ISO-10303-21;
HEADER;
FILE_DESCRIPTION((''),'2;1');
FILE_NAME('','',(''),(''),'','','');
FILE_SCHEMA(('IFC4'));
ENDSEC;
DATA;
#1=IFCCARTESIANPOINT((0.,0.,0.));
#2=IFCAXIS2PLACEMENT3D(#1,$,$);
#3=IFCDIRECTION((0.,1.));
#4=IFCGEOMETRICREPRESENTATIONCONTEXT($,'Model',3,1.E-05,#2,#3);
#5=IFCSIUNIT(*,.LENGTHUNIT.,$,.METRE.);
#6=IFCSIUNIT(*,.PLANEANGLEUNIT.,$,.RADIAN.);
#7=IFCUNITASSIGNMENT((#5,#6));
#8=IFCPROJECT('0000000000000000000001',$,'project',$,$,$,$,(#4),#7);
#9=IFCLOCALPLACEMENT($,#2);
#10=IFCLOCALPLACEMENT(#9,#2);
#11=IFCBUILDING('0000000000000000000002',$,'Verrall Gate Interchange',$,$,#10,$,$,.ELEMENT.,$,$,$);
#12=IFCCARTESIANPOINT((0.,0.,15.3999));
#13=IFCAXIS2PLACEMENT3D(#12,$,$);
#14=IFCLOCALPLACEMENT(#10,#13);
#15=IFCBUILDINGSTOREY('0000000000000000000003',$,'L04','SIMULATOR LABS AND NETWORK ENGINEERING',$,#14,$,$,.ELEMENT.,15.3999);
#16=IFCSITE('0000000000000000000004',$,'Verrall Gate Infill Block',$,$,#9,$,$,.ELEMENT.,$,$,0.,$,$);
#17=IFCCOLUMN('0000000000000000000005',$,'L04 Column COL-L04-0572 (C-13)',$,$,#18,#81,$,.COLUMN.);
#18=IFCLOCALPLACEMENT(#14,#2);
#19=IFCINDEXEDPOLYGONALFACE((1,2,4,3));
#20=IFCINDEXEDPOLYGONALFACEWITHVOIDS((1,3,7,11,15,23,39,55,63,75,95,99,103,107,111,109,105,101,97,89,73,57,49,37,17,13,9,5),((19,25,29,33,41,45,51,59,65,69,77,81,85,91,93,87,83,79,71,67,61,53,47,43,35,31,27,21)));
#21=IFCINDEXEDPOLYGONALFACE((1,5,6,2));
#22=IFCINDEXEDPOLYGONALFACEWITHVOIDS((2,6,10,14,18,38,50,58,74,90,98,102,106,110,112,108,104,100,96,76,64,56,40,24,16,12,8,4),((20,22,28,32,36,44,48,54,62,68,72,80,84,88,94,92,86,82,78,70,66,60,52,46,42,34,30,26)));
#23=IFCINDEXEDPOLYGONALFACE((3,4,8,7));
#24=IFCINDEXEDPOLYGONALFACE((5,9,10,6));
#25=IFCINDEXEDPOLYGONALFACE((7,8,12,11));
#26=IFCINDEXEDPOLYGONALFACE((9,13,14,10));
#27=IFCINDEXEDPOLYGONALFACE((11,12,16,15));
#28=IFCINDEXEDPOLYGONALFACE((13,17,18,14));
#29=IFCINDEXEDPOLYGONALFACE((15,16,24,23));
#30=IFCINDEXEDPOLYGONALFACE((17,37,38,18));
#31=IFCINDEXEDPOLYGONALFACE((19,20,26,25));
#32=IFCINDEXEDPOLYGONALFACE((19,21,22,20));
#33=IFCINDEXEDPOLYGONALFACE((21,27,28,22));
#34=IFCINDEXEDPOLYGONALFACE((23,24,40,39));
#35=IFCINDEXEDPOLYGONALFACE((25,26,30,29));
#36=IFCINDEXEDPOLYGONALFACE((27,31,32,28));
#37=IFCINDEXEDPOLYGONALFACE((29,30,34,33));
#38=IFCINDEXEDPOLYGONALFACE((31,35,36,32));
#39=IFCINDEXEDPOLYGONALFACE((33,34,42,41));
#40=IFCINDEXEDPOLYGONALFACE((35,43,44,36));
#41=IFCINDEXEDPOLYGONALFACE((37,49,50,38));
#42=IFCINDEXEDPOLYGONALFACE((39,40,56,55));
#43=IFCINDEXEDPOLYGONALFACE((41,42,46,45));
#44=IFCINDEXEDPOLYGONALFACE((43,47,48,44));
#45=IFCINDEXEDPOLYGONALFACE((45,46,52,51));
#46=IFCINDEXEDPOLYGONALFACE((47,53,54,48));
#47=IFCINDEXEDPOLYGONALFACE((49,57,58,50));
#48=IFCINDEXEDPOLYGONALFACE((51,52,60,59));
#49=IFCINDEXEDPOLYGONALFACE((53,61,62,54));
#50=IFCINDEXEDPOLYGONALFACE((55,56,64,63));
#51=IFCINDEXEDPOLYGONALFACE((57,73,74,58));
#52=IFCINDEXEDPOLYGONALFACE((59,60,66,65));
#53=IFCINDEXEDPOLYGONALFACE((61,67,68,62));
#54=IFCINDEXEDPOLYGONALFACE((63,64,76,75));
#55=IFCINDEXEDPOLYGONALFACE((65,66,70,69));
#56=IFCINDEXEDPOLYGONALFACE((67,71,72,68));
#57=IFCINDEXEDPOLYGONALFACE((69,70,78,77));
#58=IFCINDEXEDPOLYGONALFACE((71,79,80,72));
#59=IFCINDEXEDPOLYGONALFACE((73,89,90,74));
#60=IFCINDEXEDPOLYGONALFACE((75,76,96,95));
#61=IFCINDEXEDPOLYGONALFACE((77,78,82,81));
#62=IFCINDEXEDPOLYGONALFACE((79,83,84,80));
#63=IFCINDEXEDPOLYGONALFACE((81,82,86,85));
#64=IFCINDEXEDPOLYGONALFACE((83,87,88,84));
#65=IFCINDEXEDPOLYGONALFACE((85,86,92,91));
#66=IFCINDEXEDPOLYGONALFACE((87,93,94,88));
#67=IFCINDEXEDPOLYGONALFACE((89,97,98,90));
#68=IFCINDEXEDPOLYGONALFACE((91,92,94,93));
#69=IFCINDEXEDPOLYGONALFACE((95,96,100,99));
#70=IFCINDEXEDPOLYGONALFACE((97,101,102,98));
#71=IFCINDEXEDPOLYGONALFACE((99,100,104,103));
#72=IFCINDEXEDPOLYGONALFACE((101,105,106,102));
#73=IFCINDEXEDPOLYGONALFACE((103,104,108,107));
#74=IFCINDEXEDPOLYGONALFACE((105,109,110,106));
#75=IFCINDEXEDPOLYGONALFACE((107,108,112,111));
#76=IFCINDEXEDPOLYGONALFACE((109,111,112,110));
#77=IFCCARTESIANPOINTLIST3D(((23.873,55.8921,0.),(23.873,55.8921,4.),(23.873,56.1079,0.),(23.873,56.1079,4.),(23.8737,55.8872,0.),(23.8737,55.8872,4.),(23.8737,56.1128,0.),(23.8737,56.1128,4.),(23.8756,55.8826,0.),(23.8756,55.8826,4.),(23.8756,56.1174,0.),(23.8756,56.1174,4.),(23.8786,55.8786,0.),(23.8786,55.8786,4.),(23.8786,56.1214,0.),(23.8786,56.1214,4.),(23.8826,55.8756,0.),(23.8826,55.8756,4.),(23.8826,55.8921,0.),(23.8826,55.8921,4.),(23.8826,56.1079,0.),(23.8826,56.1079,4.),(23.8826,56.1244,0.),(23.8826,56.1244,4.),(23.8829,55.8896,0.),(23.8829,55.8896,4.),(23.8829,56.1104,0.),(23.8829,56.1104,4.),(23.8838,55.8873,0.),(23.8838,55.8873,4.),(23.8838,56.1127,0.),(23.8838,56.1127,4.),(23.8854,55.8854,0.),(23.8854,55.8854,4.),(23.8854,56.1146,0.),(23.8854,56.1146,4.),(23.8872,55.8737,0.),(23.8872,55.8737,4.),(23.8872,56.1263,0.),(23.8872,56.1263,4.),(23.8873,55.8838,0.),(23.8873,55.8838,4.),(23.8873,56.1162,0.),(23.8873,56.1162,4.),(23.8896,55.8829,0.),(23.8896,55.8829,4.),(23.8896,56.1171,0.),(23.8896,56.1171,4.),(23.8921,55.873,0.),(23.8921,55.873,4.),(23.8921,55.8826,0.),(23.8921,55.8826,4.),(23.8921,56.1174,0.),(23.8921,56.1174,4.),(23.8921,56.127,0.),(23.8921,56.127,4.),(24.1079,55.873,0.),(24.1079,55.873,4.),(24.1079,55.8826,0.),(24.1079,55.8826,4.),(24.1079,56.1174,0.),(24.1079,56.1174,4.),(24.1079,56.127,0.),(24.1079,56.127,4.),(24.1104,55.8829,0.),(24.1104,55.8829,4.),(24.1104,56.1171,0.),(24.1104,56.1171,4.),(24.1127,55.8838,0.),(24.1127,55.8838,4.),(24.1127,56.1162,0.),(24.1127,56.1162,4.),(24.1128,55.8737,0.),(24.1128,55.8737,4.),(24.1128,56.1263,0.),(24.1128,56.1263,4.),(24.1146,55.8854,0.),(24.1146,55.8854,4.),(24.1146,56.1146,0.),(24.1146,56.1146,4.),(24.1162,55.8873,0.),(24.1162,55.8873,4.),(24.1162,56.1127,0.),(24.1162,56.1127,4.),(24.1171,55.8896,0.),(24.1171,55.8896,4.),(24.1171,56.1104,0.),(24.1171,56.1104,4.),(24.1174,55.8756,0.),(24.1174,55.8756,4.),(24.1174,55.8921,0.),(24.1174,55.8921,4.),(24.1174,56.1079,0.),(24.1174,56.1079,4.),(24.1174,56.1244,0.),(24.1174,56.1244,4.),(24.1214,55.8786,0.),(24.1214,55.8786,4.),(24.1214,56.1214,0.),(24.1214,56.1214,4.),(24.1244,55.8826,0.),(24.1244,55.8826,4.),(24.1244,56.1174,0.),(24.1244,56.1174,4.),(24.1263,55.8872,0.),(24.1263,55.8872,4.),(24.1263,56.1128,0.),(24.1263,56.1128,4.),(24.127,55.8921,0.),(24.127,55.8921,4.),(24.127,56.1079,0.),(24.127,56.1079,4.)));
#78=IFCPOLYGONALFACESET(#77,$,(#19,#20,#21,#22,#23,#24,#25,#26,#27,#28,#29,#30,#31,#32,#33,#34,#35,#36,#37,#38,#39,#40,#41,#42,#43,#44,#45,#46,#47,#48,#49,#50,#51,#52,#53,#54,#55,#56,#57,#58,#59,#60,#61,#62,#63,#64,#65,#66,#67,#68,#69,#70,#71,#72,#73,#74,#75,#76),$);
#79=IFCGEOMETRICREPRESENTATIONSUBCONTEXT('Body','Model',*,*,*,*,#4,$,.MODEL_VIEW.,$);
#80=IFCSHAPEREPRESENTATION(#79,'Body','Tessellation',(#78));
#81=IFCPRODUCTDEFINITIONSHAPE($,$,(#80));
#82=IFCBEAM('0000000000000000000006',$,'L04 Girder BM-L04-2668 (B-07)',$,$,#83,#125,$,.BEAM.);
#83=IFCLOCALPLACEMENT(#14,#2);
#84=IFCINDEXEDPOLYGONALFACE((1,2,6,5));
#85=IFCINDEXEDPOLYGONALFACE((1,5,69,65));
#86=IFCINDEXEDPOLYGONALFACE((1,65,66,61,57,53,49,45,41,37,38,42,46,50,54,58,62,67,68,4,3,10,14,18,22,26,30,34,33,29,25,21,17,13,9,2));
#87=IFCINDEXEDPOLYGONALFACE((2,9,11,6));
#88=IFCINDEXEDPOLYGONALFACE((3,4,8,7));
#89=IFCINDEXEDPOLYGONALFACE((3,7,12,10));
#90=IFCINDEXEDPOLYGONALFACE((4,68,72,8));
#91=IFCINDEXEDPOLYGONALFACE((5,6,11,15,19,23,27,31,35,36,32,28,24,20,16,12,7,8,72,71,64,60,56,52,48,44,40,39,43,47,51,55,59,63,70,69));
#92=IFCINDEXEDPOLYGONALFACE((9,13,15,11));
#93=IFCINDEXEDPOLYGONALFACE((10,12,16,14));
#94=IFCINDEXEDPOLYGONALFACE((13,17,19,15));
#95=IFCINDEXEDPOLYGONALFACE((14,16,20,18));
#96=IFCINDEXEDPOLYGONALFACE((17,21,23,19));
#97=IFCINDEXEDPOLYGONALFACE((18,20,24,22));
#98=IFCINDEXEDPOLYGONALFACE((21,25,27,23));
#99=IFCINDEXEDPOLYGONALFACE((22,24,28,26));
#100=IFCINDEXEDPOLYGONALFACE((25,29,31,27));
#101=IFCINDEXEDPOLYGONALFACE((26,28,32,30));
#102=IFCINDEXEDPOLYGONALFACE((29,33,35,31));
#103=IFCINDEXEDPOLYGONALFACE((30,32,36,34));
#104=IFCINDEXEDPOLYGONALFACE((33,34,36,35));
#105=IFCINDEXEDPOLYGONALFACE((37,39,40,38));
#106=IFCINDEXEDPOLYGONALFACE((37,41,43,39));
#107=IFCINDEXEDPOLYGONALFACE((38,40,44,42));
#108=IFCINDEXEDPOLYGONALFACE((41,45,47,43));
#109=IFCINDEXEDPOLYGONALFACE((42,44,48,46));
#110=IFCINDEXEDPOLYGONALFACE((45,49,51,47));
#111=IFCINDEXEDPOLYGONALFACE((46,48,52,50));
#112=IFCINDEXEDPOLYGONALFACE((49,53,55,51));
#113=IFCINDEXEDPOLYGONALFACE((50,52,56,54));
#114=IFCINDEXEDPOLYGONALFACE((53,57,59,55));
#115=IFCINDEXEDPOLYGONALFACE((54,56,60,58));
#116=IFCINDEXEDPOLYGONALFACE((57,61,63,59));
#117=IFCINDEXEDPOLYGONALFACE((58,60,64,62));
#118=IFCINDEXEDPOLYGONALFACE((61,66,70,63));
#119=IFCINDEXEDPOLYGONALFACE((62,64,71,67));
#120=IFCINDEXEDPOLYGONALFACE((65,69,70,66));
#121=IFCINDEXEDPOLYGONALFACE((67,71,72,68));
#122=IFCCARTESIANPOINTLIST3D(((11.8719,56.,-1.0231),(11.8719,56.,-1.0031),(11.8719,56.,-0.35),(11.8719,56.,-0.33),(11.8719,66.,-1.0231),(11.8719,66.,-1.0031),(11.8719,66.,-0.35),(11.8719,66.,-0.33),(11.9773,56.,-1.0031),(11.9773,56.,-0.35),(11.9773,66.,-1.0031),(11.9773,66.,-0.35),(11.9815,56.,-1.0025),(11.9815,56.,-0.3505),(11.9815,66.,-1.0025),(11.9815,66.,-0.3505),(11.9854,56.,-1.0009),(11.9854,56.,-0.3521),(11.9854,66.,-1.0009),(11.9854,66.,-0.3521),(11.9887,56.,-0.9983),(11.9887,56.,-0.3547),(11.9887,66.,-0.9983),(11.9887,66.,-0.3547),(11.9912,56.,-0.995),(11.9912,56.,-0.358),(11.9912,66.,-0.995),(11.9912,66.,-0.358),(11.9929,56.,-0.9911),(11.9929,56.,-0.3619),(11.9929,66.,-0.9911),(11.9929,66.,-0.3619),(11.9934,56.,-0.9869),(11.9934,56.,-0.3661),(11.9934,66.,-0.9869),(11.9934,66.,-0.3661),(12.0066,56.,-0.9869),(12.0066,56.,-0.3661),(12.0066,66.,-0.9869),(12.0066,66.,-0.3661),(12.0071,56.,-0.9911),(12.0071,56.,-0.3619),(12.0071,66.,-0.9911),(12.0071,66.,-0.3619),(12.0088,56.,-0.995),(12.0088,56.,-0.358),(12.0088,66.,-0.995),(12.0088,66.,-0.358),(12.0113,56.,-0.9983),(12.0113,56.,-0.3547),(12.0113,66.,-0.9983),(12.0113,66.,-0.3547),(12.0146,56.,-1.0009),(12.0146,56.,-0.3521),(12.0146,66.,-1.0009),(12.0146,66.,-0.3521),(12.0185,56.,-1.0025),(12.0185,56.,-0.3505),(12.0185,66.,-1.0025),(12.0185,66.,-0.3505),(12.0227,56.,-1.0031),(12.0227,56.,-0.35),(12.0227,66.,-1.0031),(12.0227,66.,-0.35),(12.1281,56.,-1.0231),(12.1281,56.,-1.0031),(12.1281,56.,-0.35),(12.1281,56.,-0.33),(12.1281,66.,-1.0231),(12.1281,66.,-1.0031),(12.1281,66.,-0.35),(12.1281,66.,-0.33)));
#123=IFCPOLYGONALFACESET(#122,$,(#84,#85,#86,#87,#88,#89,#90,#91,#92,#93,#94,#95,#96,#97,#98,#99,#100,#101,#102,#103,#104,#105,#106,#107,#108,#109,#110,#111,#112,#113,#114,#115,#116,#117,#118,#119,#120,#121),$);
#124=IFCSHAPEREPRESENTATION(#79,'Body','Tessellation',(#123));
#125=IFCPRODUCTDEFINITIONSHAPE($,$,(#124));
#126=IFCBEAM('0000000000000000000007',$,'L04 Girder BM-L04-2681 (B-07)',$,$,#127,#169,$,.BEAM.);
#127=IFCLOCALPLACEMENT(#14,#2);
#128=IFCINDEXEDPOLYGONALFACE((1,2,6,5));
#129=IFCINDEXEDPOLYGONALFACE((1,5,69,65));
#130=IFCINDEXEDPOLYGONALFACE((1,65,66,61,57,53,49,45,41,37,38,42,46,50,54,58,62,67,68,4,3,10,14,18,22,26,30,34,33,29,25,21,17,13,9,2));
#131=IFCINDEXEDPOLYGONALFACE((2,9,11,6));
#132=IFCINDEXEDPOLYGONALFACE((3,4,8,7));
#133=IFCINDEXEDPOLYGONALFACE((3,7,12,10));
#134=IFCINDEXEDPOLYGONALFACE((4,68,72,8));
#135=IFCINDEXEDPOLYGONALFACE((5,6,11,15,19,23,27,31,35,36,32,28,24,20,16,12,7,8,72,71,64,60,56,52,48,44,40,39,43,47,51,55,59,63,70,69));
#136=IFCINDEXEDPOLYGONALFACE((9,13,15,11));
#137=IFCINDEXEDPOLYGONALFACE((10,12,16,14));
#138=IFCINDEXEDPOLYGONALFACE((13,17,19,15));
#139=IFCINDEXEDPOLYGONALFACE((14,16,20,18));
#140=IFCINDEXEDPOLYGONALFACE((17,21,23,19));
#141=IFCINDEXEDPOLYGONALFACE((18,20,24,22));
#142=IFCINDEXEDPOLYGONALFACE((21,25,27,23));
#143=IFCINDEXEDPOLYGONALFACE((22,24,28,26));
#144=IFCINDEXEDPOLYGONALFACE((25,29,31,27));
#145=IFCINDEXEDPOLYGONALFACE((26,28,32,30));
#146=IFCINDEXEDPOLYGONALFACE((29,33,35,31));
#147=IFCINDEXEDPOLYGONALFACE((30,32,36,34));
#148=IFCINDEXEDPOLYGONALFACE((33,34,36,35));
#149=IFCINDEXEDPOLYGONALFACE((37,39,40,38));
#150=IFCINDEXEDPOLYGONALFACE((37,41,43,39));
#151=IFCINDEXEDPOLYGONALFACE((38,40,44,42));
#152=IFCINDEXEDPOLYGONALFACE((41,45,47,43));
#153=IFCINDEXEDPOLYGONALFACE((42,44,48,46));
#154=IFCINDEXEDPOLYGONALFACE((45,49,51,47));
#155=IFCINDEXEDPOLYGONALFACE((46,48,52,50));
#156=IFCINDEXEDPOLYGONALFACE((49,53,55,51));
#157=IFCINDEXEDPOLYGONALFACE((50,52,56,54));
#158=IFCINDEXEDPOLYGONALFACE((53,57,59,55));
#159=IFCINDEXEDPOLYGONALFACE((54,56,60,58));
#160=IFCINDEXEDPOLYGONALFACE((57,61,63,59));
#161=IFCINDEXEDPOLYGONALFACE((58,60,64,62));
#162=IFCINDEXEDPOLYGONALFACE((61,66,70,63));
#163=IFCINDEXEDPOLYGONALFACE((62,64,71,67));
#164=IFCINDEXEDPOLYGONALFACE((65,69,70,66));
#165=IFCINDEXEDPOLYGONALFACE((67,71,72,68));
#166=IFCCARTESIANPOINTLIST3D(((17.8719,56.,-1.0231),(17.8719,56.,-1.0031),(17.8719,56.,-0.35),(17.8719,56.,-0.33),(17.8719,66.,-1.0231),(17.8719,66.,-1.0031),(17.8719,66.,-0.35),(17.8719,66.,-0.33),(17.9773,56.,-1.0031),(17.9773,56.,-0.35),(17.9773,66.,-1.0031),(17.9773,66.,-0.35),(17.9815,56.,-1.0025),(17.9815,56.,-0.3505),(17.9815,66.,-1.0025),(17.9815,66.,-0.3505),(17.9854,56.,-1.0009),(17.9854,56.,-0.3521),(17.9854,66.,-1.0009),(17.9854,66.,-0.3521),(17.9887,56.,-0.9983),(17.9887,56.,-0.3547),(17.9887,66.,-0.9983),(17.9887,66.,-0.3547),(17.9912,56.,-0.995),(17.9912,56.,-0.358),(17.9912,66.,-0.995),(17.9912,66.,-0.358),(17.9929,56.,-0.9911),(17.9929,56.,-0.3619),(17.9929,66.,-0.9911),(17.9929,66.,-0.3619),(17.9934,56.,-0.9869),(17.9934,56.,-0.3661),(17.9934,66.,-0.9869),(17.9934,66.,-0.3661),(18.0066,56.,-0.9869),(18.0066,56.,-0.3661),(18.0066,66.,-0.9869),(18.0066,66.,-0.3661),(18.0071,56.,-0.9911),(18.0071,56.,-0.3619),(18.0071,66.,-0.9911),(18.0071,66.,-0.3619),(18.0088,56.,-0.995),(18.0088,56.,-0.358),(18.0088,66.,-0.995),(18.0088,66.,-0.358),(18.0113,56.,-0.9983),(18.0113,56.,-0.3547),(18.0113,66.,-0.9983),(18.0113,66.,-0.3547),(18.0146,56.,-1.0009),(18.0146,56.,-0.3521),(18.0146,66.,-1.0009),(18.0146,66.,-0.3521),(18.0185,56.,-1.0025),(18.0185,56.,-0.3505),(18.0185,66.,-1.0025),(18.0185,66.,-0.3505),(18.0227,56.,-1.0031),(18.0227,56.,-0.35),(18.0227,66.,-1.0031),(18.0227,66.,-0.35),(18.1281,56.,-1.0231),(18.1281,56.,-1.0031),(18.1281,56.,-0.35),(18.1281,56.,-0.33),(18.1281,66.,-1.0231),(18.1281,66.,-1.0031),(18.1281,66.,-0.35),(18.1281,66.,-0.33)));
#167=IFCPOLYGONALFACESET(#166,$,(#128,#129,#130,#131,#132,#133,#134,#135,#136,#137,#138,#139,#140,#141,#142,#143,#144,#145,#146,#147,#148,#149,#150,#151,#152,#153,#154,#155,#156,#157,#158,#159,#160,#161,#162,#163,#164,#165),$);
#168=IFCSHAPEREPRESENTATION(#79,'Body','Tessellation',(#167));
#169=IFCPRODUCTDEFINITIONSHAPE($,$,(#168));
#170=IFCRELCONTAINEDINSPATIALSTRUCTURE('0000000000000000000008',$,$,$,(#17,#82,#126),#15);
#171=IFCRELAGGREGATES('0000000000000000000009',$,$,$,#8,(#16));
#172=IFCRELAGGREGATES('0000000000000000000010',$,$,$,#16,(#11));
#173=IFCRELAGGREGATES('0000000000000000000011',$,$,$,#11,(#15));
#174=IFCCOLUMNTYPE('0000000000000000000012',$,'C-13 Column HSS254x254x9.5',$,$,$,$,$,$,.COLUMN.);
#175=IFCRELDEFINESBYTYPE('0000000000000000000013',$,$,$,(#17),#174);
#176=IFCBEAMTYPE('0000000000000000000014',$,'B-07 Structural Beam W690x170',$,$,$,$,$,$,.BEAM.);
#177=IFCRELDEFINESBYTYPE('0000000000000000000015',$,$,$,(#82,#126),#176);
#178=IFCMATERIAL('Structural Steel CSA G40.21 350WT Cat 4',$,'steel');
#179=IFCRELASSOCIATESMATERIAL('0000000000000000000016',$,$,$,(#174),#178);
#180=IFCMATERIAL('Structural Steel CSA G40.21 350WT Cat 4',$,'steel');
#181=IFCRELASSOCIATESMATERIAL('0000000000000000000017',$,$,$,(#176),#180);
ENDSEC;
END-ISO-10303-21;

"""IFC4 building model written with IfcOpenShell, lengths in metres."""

from ifc_helpers import new_model, si_unit, direction, frame, origin, origin_2d, place, context, subcontext, project, spatial, hollow_rectangle, i_section, extrude, material, material_profile, profile_set, type_object, element, save


model = new_model("IFC4")

# Units and contexts
model_context = context("Model", 3, precision=1e-05, world=origin(), true_north=direction((0.0, 1.0)))
body_context = subcontext(model_context, "Body", "Model", "MODEL_VIEW")
ifc_project = project(units=[si_unit("LENGTHUNIT", "METRE"), si_unit("PLANEANGLEUNIT", "RADIAN")], contexts=[model_context])

# Site, building, storey
site_placement = place(None, origin())
site = spatial("IfcSite", under=ifc_project, at=site_placement, Name="Verrall Gate Infill Block", CompositionType="ELEMENT", RefElevation=0.0)
building_placement = place(site_placement, origin())
building = spatial("IfcBuilding", under=site, at=building_placement, Name="Verrall Gate Interchange", CompositionType="ELEMENT")
storey_placement = place(building_placement, frame((0.0, 0.0, 15.3999)))
storey = spatial("IfcBuildingStorey", under=building, at=storey_placement, Name="L04", Description="SIMULATOR LABS AND NETWORK ENGINEERING", CompositionType="ELEMENT", Elevation=15.3999)

# Column
ifc_material_1 = material(Name="Structural Steel CSA G40.21 350WT Cat 4", Category="steel")
ifc_material_profile_1 = material_profile(ifc_material_1, hollow_rectangle(XDim=0.2539, YDim=0.2539, WallThickness=0.0095, InnerFilletRadius=0.0095, OuterFilletRadius=0.019, at=origin_2d()), Name="HSS254x254x9.5")
ifc_profile_set_1 = profile_set([ifc_material_profile_1], Name="Structural Steel CSA G40.21 350WT Cat 4")
column_type = type_object("IfcColumnType", Name="C-13 Column HSS254x254x9.5", PredefinedType="COLUMN", material=ifc_profile_set_1)
for number, where, z_axis, x_axis, name in (
    (1, (24.0, 56.0, 0.0), (0.0, 0.0, 1.0), (1.0, 0.0, 0.0), "L04 Column COL-L04-0572 (C-13)"),
):
    element("IfcColumn", number, at=place(storey_placement, frame(where, z_axis=z_axis, x_axis=x_axis)), inside=storey, type_object=column_type, Name=name, PredefinedType="COLUMN", context=body_context, shape_type="SweptSolid", body=[
        extrude(hollow_rectangle(XDim=0.2539, YDim=0.2539, WallThickness=0.0095, InnerFilletRadius=0.0095, OuterFilletRadius=0.019, at=origin_2d()), origin(), (0.0, 0.0, 1.0), 4.0),
    ])

# Beams
ifc_material_2 = material(Name="Structural Steel CSA G40.21 350WT Cat 4", Category="steel")
ifc_material_profile_2 = material_profile(ifc_material_2, i_section(OverallWidth=0.2561, OverallDepth=0.6931, WebThickness=0.0132, FlangeThickness=0.02, FilletRadius=0.0161, at=origin_2d()), Name="W690x170")
ifc_profile_set_2 = profile_set([ifc_material_profile_2], Name="Structural Steel CSA G40.21 350WT Cat 4")
beam_type_1 = type_object("IfcBeamType", Name="B-07 Structural Beam W690x170", PredefinedType="BEAM", material=ifc_profile_set_2)
for number, where, z_axis, x_axis, name in (
    (2, (12.0, 56.0, -0.6765), (0.0, 1.0, 0.0), (-1.0, 0.0, 0.0), "L04 Girder BM-L04-2668 (B-07)"),
    (3, (18.0, 56.0, -0.6765), (0.0, 1.0, 0.0), (-1.0, 0.0, 0.0), "L04 Girder BM-L04-2681 (B-07)"),
):
    element("IfcBeam", number, at=place(storey_placement, frame(where, z_axis=z_axis, x_axis=x_axis)), inside=storey, type_object=beam_type_1, Name=name, PredefinedType="BEAM", context=body_context, shape_type="SweptSolid", body=[
        extrude(i_section(OverallWidth=0.2561, OverallDepth=0.6931, WebThickness=0.0132, FlangeThickness=0.02, FilletRadius=0.0161, at=origin_2d()), origin(), (0.0, 0.0, 1.0), 10.0),
    ])

save(model, "model.ifc")
